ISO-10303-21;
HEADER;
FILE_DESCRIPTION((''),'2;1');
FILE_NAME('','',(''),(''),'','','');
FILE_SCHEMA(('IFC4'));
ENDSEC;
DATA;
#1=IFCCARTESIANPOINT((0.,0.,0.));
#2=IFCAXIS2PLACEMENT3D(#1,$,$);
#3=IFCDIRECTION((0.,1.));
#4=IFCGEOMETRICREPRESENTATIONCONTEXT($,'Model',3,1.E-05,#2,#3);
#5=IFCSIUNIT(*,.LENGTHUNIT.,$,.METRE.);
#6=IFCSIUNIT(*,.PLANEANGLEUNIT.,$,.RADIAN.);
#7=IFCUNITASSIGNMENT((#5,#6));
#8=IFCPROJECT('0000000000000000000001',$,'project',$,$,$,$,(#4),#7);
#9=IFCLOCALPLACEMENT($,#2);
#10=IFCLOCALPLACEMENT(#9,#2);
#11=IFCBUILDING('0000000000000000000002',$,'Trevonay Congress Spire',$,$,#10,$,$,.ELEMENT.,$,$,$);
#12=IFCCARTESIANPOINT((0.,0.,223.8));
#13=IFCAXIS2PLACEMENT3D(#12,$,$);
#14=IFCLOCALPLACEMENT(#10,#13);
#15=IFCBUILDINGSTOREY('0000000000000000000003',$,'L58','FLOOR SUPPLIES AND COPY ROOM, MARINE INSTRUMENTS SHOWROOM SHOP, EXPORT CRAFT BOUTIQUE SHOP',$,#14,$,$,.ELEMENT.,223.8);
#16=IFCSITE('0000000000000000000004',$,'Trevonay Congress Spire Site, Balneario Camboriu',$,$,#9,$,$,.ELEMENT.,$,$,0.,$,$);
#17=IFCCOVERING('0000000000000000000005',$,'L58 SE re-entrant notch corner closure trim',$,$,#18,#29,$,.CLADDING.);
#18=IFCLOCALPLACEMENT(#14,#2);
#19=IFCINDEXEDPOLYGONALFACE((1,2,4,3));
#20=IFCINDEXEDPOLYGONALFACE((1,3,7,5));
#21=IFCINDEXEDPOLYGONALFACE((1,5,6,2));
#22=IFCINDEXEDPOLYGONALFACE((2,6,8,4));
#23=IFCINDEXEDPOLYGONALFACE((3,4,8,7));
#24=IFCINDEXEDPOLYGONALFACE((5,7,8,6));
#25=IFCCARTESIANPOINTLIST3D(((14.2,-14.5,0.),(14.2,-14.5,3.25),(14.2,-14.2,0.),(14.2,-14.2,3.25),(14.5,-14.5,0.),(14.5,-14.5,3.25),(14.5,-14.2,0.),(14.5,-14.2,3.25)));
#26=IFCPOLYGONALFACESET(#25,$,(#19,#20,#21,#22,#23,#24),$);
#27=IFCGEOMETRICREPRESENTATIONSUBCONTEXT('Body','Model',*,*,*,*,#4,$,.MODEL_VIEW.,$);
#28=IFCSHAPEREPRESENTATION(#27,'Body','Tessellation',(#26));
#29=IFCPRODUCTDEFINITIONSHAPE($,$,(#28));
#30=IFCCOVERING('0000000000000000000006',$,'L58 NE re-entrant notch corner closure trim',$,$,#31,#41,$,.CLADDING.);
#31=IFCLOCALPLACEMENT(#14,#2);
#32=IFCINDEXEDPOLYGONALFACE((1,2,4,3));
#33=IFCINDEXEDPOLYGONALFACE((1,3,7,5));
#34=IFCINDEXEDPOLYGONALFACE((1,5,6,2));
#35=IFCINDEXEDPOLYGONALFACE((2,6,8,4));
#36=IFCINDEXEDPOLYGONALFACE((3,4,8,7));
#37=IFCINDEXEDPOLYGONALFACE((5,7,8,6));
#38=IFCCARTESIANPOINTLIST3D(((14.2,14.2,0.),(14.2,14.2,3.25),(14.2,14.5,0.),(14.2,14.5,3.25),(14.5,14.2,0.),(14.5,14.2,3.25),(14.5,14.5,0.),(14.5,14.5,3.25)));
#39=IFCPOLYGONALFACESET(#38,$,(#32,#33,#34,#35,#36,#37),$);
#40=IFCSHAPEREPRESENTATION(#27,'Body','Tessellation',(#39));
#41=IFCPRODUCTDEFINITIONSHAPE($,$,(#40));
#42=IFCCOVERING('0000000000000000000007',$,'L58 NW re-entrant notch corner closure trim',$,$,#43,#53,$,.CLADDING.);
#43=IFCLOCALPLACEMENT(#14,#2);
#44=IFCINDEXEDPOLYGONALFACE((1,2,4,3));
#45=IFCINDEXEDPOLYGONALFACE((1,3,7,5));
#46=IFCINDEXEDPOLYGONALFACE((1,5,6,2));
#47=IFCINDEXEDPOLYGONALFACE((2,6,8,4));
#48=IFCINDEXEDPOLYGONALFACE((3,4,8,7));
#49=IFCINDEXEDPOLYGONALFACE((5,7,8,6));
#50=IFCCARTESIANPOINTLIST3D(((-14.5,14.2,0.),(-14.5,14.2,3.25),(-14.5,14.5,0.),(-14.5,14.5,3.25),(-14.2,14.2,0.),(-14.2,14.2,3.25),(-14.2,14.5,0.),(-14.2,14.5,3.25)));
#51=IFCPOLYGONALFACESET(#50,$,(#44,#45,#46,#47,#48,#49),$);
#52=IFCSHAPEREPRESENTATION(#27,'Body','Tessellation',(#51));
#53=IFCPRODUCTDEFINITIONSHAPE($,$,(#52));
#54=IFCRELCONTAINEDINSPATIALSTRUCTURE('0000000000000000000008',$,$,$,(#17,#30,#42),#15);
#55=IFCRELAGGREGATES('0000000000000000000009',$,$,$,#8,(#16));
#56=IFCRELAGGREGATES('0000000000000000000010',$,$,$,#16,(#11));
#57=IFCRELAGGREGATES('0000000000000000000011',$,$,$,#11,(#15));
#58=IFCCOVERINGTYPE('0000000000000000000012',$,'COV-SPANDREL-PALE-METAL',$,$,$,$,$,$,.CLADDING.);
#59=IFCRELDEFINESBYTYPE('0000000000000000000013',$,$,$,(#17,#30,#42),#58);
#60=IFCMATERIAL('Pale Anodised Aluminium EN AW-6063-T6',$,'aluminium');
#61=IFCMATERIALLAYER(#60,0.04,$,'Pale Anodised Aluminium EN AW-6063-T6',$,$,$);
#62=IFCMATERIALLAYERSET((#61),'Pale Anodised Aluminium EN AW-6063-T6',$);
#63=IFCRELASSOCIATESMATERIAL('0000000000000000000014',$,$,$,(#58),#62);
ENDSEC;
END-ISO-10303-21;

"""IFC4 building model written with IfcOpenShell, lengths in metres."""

from ifc_helpers import new_model, si_unit, direction, frame, origin, place, context, subcontext, project, spatial, polyline, outline, extrude, material, layer, layer_set, type_object, element, save


model = new_model("IFC4")

# Units and contexts
model_context = context("Model", 3, precision=1e-05, world=origin(), true_north=direction((0.0, 1.0)))
body_context = subcontext(model_context, "Body", "Model", "MODEL_VIEW")
ifc_project = project(units=[si_unit("LENGTHUNIT", "METRE"), si_unit("PLANEANGLEUNIT", "RADIAN")], contexts=[model_context])

# Site, building, storey
site_placement = place(None, origin())
site = spatial("IfcSite", under=ifc_project, at=site_placement, Name="Trevonay Congress Spire Site, Balneario Camboriu", CompositionType="ELEMENT", RefElevation=0.0)
building_placement = place(site_placement, origin())
building = spatial("IfcBuilding", under=site, at=building_placement, Name="Trevonay Congress Spire", CompositionType="ELEMENT")
storey_placement = place(building_placement, frame((0.0, 0.0, 223.8)))
storey = spatial("IfcBuildingStorey", under=building, at=storey_placement, Name="L58", Description="FLOOR SUPPLIES AND COPY ROOM, MARINE INSTRUMENTS SHOWROOM SHOP, EXPORT CRAFT BOUTIQUE SHOP", CompositionType="ELEMENT", Elevation=223.8)

# Shared definitions
ifc_material_1 = material(Name="Pale Anodised Aluminium EN AW-6063-T6", Category="aluminium")

# Coverings
ifc_layer_1 = layer(ifc_material_1, 0.04, Name="Pale Anodised Aluminium EN AW-6063-T6")
ifc_layer_set_1 = layer_set([ifc_layer_1], Name="Pale Anodised Aluminium EN AW-6063-T6")
covering_type_1 = type_object("IfcCoveringType", Name="COV-SPANDREL-PALE-METAL", PredefinedType="CLADDING", material=ifc_layer_set_1)
covering_1_placement = place(storey_placement, origin())
element("IfcCovering", 1, at=covering_1_placement, inside=storey, type_object=covering_type_1, Name="L58 SE re-entrant notch corner closure trim", PredefinedType="CLADDING", context=body_context, shape_type="SweptSolid", body=[
    extrude(outline(polyline([(14.2, -14.5), (14.5, -14.5), (14.5, -14.2), (14.2, -14.2), (14.2, -14.5)])), origin(), (0.0, 0.0, 1.0), 3.25),
])
covering_2_placement = place(storey_placement, origin())
element("IfcCovering", 2, at=covering_2_placement, inside=storey, type_object=covering_type_1, Name="L58 NE re-entrant notch corner closure trim", PredefinedType="CLADDING", context=body_context, shape_type="SweptSolid", body=[
    extrude(outline(polyline([(14.2, 14.2), (14.5, 14.2), (14.5, 14.5), (14.2, 14.5), (14.2, 14.2)])), origin(), (0.0, 0.0, 1.0), 3.25),
])
covering_3_placement = place(storey_placement, origin())
element("IfcCovering", 3, at=covering_3_placement, inside=storey, type_object=covering_type_1, Name="L58 NW re-entrant notch corner closure trim", PredefinedType="CLADDING", context=body_context, shape_type="SweptSolid", body=[
    extrude(outline(polyline([(-14.5, 14.2), (-14.2, 14.2), (-14.2, 14.5), (-14.5, 14.5), (-14.5, 14.2)])), origin(), (0.0, 0.0, 1.0), 3.25),
])

save(model, "model.ifc")
